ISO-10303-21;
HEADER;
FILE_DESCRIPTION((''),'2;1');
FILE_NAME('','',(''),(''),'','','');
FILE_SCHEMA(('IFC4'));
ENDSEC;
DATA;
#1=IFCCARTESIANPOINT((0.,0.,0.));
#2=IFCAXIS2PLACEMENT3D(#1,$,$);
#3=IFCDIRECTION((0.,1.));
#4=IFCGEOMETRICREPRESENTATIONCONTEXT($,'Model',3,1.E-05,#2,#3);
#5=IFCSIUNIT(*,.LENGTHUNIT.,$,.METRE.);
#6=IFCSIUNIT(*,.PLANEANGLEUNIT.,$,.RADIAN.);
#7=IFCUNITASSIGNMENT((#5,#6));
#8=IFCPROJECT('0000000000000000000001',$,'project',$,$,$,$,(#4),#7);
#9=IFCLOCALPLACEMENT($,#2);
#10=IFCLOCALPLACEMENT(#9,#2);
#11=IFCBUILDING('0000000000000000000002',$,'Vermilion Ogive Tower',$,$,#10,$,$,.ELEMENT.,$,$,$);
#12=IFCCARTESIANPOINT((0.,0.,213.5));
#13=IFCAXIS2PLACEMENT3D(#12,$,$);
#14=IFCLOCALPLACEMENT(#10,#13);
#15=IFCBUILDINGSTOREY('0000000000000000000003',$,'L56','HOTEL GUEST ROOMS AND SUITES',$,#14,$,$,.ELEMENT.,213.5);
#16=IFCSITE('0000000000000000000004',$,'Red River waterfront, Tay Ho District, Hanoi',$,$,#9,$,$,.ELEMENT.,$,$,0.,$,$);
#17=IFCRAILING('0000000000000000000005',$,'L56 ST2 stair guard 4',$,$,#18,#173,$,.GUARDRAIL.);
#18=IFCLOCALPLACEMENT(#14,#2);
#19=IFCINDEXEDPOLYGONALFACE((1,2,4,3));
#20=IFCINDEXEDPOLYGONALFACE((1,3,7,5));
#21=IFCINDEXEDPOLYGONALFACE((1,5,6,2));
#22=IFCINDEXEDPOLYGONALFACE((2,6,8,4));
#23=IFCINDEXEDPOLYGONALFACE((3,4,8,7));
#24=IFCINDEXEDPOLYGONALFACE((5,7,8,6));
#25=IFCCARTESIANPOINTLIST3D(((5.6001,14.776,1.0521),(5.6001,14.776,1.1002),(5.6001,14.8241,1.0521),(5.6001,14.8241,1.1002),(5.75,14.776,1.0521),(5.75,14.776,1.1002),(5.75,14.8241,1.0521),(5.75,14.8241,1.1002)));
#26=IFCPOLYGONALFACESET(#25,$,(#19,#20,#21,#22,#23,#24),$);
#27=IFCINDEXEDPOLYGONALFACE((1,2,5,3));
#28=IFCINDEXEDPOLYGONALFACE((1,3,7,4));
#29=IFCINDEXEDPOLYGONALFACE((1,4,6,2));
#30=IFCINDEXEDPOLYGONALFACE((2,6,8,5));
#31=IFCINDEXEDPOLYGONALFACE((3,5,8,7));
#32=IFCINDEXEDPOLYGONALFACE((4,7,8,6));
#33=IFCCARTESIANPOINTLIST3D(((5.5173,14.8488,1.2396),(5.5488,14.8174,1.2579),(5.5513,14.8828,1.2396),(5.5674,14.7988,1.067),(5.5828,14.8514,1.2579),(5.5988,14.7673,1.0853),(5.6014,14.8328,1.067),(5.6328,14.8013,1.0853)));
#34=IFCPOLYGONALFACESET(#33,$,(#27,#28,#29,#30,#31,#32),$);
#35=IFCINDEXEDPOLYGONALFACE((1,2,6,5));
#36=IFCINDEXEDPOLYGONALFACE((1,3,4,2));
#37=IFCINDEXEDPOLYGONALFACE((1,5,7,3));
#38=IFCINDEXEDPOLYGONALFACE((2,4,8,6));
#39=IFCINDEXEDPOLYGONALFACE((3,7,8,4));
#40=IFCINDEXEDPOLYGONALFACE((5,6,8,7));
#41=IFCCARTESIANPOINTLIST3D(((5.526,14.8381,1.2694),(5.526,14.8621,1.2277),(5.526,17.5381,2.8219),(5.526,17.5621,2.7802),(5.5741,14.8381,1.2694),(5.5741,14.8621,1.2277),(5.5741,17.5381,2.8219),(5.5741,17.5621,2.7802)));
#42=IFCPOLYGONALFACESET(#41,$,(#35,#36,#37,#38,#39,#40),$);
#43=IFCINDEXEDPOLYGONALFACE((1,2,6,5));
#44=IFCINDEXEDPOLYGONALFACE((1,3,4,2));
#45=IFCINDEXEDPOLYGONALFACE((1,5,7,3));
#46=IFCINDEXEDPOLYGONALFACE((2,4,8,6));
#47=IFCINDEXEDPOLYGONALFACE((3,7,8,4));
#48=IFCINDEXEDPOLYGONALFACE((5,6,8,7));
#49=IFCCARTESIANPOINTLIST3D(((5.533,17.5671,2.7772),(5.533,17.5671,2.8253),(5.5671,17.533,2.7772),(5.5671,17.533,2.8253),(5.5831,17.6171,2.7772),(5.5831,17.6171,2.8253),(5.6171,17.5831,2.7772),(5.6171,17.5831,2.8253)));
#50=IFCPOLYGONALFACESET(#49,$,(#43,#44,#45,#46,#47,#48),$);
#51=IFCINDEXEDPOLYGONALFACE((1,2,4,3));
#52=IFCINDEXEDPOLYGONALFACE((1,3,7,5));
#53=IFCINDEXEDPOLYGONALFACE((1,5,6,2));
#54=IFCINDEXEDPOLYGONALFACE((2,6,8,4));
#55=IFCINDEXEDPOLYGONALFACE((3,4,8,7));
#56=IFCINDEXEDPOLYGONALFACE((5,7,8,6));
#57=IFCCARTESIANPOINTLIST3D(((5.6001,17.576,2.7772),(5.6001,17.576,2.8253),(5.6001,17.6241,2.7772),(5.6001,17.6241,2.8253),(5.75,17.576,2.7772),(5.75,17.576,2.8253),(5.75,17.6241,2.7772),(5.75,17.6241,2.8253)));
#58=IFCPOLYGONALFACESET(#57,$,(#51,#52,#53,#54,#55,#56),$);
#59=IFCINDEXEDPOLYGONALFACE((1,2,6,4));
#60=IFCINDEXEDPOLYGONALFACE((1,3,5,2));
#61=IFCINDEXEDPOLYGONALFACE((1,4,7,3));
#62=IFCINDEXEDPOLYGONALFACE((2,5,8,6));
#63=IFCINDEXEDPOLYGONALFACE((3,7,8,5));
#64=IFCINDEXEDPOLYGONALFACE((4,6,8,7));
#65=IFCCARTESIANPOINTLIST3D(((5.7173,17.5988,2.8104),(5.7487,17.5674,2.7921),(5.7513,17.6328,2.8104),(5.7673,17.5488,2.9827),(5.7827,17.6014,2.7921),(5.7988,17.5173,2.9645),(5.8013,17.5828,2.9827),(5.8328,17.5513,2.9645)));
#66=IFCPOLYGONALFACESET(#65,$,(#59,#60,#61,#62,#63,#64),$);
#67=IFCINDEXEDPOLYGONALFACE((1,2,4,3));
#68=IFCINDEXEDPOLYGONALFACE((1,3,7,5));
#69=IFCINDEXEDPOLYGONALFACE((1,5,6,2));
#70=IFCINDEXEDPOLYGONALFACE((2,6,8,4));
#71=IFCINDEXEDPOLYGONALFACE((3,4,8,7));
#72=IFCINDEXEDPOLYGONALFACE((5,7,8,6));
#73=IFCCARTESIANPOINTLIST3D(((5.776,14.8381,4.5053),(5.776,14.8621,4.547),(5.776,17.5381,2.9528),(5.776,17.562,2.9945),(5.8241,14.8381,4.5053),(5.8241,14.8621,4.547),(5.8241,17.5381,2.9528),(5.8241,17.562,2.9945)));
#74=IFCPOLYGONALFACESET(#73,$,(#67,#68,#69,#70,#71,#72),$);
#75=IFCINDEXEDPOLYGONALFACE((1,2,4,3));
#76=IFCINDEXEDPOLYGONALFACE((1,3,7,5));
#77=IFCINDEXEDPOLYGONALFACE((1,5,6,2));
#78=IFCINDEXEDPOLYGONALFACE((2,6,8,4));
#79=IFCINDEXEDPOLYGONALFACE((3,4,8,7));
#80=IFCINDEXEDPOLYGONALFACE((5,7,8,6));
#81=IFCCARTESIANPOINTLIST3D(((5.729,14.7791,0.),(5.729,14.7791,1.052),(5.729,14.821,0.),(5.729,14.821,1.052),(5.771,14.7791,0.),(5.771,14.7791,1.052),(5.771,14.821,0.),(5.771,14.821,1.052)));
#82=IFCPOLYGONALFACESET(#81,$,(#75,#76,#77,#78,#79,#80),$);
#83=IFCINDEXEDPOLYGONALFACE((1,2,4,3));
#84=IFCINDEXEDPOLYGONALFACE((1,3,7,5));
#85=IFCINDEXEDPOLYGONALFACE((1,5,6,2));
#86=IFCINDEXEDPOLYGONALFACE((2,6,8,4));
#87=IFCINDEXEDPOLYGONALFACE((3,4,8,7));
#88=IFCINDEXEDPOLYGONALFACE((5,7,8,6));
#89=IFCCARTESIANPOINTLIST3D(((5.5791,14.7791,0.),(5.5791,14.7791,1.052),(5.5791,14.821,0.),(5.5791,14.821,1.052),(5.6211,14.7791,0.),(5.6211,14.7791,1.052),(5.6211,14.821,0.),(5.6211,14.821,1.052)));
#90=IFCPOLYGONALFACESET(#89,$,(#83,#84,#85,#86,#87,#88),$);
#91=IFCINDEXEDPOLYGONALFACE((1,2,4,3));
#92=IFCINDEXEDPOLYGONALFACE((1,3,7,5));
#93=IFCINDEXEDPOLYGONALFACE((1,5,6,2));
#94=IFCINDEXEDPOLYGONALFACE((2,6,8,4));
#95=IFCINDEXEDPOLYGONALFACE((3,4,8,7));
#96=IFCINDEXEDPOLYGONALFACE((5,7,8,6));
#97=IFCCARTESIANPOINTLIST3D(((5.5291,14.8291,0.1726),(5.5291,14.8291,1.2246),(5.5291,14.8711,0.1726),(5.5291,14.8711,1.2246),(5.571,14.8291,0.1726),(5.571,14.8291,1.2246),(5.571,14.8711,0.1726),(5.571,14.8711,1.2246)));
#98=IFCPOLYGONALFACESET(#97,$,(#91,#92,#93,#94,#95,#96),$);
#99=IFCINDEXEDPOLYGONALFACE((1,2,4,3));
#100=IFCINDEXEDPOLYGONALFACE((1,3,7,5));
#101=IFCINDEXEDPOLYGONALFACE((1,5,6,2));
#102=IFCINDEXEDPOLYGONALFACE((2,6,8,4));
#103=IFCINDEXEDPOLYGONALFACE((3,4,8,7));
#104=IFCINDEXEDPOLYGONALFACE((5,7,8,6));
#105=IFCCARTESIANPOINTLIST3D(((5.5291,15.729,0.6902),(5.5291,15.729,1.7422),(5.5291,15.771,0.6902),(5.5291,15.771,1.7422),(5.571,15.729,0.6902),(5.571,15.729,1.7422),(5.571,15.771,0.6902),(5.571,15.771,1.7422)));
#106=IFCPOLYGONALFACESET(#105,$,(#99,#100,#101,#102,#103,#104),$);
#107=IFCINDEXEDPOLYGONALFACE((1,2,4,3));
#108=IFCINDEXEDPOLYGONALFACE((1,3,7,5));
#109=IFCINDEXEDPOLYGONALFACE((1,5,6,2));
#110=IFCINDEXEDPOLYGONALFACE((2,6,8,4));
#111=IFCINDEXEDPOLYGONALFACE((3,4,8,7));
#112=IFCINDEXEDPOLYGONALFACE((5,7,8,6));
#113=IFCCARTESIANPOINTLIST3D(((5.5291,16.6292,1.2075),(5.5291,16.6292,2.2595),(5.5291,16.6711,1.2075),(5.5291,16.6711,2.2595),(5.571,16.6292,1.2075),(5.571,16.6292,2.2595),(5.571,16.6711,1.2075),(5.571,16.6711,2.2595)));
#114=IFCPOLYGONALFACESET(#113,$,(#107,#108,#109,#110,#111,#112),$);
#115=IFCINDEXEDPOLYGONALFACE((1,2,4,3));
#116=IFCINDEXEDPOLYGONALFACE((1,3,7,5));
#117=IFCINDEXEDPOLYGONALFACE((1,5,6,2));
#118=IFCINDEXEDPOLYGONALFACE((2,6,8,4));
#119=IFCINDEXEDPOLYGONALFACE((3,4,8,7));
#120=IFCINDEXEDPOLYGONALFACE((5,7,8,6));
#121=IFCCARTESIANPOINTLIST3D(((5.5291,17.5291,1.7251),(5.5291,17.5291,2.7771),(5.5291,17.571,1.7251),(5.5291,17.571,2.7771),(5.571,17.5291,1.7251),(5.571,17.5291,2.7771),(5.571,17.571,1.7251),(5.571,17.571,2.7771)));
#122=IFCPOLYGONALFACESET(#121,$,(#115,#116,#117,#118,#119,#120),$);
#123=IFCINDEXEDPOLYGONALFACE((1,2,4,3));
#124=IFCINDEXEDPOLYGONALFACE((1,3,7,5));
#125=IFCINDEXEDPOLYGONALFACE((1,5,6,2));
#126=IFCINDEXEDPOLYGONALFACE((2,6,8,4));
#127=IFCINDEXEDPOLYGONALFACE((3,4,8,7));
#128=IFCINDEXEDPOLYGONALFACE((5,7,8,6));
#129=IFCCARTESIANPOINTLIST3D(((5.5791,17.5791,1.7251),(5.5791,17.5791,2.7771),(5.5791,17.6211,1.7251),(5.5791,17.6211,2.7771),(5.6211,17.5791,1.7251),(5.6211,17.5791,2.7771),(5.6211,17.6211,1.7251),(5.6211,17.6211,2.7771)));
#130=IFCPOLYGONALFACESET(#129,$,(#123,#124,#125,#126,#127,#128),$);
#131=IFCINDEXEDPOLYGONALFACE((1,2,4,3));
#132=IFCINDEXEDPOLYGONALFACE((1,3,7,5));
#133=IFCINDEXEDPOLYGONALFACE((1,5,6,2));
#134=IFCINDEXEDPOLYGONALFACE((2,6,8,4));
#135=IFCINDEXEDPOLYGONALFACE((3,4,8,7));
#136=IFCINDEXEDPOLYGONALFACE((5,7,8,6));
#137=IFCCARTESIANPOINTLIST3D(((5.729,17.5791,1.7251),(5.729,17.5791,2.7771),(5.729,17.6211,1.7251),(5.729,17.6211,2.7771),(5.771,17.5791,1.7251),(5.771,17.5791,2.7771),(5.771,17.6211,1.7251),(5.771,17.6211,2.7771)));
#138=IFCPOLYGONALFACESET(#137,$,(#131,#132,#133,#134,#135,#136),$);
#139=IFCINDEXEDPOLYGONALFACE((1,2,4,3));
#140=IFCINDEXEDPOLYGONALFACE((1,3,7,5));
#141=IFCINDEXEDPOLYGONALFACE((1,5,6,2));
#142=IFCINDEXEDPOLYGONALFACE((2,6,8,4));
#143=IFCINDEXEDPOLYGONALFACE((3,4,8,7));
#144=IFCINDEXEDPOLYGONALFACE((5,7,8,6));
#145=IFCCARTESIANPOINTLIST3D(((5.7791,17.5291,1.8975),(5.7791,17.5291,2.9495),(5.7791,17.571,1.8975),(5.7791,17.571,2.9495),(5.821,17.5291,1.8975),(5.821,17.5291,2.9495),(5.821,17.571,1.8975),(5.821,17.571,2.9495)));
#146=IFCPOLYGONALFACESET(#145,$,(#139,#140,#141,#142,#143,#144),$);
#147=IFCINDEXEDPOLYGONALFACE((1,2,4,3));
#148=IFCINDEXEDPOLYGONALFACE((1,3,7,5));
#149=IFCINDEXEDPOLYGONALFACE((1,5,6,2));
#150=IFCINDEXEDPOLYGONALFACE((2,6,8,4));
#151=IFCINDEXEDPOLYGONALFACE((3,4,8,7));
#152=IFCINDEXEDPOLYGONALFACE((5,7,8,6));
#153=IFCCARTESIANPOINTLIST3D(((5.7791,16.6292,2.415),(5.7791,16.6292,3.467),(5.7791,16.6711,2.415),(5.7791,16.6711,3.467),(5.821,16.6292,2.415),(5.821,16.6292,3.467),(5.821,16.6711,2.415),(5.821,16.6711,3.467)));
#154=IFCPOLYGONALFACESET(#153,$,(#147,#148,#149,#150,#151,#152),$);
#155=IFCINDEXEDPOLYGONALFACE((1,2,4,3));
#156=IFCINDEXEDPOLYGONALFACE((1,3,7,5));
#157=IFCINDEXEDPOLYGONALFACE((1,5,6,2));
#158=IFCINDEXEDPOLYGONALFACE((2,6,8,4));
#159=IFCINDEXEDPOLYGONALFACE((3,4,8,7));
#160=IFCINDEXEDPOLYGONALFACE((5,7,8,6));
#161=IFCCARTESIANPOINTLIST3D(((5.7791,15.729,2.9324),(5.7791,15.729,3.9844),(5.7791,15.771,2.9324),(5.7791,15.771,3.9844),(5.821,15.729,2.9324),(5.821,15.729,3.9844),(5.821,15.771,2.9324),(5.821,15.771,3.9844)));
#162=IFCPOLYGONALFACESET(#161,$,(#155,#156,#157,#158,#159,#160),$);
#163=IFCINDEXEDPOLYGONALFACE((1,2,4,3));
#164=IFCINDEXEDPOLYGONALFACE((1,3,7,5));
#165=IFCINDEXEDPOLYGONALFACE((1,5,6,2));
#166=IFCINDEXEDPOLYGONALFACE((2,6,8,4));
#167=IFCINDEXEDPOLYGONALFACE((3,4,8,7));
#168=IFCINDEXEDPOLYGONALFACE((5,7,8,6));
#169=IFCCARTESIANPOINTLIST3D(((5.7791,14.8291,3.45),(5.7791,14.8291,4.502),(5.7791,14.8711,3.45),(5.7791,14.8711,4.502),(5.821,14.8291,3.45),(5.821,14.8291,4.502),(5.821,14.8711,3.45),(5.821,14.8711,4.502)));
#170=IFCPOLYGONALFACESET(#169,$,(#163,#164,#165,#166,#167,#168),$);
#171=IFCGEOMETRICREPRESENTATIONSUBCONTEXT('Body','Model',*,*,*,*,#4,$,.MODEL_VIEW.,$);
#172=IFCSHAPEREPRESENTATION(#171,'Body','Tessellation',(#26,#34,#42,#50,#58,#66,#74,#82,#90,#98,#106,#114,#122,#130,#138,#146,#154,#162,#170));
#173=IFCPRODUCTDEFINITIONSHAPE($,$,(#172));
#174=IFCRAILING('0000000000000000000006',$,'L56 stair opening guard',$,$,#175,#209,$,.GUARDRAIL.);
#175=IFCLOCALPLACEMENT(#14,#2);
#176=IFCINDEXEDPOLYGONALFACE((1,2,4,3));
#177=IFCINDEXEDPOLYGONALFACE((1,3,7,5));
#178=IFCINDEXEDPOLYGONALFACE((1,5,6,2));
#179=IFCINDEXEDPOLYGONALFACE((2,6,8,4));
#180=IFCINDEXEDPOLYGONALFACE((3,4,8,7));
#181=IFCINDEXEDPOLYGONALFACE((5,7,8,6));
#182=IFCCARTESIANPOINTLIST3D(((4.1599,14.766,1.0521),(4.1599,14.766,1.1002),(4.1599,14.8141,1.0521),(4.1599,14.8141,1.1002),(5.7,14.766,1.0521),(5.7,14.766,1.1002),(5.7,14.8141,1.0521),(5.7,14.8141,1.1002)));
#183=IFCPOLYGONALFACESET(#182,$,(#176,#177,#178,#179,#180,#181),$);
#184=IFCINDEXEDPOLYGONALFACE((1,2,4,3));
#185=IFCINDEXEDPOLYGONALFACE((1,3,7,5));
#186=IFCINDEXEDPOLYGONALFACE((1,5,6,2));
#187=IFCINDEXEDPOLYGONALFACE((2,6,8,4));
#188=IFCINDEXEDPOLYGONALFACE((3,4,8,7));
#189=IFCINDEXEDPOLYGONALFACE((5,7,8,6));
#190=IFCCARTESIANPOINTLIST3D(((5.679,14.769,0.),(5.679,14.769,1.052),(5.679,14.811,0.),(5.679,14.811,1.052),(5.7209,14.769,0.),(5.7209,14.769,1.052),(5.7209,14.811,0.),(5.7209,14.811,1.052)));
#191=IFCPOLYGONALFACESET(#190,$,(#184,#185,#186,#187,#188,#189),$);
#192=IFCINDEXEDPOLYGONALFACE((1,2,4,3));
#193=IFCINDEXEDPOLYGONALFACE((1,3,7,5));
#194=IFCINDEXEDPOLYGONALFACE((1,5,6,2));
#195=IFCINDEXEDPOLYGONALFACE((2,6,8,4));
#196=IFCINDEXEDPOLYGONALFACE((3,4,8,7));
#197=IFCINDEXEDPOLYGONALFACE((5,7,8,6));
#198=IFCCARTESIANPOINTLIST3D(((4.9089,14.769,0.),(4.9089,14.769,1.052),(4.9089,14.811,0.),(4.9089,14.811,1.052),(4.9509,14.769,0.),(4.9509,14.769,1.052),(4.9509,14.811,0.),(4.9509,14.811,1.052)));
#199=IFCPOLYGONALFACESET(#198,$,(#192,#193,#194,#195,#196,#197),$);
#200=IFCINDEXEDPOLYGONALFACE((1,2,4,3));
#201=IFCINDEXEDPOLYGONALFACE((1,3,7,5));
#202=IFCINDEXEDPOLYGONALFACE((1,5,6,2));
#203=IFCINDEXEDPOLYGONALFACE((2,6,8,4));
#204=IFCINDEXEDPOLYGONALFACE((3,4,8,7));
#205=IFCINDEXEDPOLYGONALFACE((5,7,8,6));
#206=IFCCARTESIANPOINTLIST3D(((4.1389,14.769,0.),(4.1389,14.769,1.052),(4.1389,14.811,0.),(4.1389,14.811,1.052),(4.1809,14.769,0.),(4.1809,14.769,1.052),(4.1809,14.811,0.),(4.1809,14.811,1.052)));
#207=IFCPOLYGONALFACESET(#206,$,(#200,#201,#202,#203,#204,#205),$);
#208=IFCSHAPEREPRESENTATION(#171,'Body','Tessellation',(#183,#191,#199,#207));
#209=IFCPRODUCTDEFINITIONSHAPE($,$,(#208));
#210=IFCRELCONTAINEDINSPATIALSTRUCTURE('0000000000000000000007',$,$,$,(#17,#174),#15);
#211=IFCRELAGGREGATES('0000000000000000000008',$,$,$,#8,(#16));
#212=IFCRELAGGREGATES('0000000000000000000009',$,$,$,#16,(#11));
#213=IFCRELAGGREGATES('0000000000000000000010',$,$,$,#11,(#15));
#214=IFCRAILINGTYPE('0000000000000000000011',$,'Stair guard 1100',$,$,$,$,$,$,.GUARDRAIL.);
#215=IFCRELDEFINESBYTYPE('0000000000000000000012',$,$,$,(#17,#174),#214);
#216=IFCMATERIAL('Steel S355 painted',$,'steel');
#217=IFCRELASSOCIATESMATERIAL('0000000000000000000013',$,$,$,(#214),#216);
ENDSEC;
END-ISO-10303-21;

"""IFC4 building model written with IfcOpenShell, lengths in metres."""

from ifc_helpers import new_model, si_unit, direction, frame, origin, origin_2d, place, context, subcontext, project, spatial, rectangle, extrude, material, type_object, element, save


model = new_model("IFC4")

# Units and contexts
model_context = context("Model", 3, precision=1e-05, world=origin(), true_north=direction((0.0, 1.0)))
body_context = subcontext(model_context, "Body", "Model", "MODEL_VIEW")
ifc_project = project(units=[si_unit("LENGTHUNIT", "METRE"), si_unit("PLANEANGLEUNIT", "RADIAN")], contexts=[model_context])

# Site, building, storey
site_placement = place(None, origin())
site = spatial("IfcSite", under=ifc_project, at=site_placement, Name="Red River waterfront, Tay Ho District, Hanoi", CompositionType="ELEMENT", RefElevation=0.0)
building_placement = place(site_placement, origin())
building = spatial("IfcBuilding", under=site, at=building_placement, Name="Vermilion Ogive Tower", CompositionType="ELEMENT")
storey_placement = place(building_placement, frame((0.0, 0.0, 213.5)))
storey = spatial("IfcBuildingStorey", under=building, at=storey_placement, Name="L56", Description="HOTEL GUEST ROOMS AND SUITES", CompositionType="ELEMENT", Elevation=213.5)

# Railings
ifc_material_1 = material(Name="Steel S355 painted", Category="steel")
railing_type_1 = type_object("IfcRailingType", Name="Stair guard 1100", PredefinedType="GUARDRAIL", material=ifc_material_1)
railing_1_placement = place(storey_placement, frame((5.75, 14.8, 0.0)))
element("IfcRailing", 1, at=railing_1_placement, inside=storey, type_object=railing_type_1, Name="L56 ST2 stair guard 4", PredefinedType="GUARDRAIL", context=body_context, shape_type="SweptSolid", body=[
    extrude(rectangle(XDim=0.0481, YDim=0.0481, at=origin_2d()), frame((0.0, 0.0, 1.0762), z_axis=(-1.0, 0.0, 0.0), x_axis=(0.0, -1.0, 0.0)), (0.0, 0.0, 1.0), 0.1499),
    extrude(rectangle(XDim=0.0481, YDim=0.0481, at=origin_2d()), frame((-0.1499, 0.0, 1.0762), z_axis=(-0.268278, 0.268278, 0.925232), x_axis=(-0.707107, -0.707107, 0.0)), (0.0, 0.0, 1.0), 0.1865),
    extrude(rectangle(XDim=0.0481, YDim=0.0481, at=origin_2d()), frame((-0.2, 0.05, 1.2485), z_axis=(0.0, 0.866904, 0.498476), x_axis=(-1.0, 0.0, 0.0)), (0.0, 0.0, 1.0), 3.1145),
    extrude(rectangle(XDim=0.0481, YDim=0.0481, at=origin_2d()), frame((-0.2, 2.75, 2.8013), z_axis=(0.707107, 0.707107, 0.0), x_axis=(-0.707107, 0.707107, 0.0)), (0.0, 0.0, 1.0), 0.0708),
    extrude(rectangle(XDim=0.0481, YDim=0.0481, at=origin_2d()), frame((-0.1499, 2.8, 2.8013), z_axis=(1.0, 0.0, 0.0), x_axis=(0.0, 1.0, 0.0)), (0.0, 0.0, 1.0), 0.1499),
    extrude(rectangle(XDim=0.0481, YDim=0.0481, at=origin_2d()), frame((0.0, 2.8, 2.8013), z_axis=(0.268603, -0.268603, 0.925043), x_axis=(0.707107, 0.707107, 0.0)), (0.0, 0.0, 1.0), 0.1863),
    extrude(rectangle(XDim=0.0481, YDim=0.0481, at=origin_2d()), frame((0.05, 2.75, 2.9736), z_axis=(0.0, -0.866904, 0.498476), x_axis=(1.0, 0.0, 0.0)), (0.0, 0.0, 1.0), 3.1145),
    extrude(rectangle(XDim=0.042, YDim=0.042, at=origin_2d()), origin(), (0.0, 0.0, 1.0), 1.052),
    extrude(rectangle(XDim=0.042, YDim=0.042, at=origin_2d()), frame((-0.1499, 0.0, 0.0)), (0.0, 0.0, 1.0), 1.052),
    extrude(rectangle(XDim=0.042, YDim=0.042, at=origin_2d()), frame((-0.2, 0.05, 0.1726)), (0.0, 0.0, 1.0), 1.052),
    extrude(rectangle(XDim=0.042, YDim=0.042, at=origin_2d()), frame((-0.2, 0.95, 0.6902)), (0.0, 0.0, 1.0), 1.052),
    extrude(rectangle(XDim=0.042, YDim=0.042, at=origin_2d()), frame((-0.2, 1.8501, 1.2075)), (0.0, 0.0, 1.0), 1.052),
    extrude(rectangle(XDim=0.042, YDim=0.042, at=origin_2d()), frame((-0.2, 2.75, 1.7251)), (0.0, 0.0, 1.0), 1.052),
    extrude(rectangle(XDim=0.042, YDim=0.042, at=origin_2d()), frame((-0.1499, 2.8, 1.7251)), (0.0, 0.0, 1.0), 1.052),
    extrude(rectangle(XDim=0.042, YDim=0.042, at=origin_2d()), frame((0.0, 2.8, 1.7251)), (0.0, 0.0, 1.0), 1.052),
    extrude(rectangle(XDim=0.042, YDim=0.042, at=origin_2d()), frame((0.05, 2.75, 1.8975)), (0.0, 0.0, 1.0), 1.052),
    extrude(rectangle(XDim=0.042, YDim=0.042, at=origin_2d()), frame((0.05, 1.8501, 2.415)), (0.0, 0.0, 1.0), 1.052),
    extrude(rectangle(XDim=0.042, YDim=0.042, at=origin_2d()), frame((0.05, 0.95, 2.9324)), (0.0, 0.0, 1.0), 1.052),
    extrude(rectangle(XDim=0.042, YDim=0.042, at=origin_2d()), frame((0.05, 0.05, 3.45)), (0.0, 0.0, 1.0), 1.052),
])
railing_2_placement = place(storey_placement, frame((5.7, 14.79, 0.0)))
element("IfcRailing", 2, at=railing_2_placement, inside=storey, type_object=railing_type_1, Name="L56 stair opening guard", PredefinedType="GUARDRAIL", context=body_context, shape_type="SweptSolid", body=[
    extrude(rectangle(XDim=0.0481, YDim=0.0481, at=origin_2d()), frame((0.0, 0.0, 1.0762), z_axis=(-1.0, 0.0, 0.0), x_axis=(0.0, -1.0, 0.0)), (0.0, 0.0, 1.0), 1.54),
    extrude(rectangle(XDim=0.042, YDim=0.042, at=origin_2d()), origin(), (0.0, 0.0, 1.0), 1.052),
    extrude(rectangle(XDim=0.042, YDim=0.042, at=origin_2d()), frame((-0.77, 0.0, 0.0)), (0.0, 0.0, 1.0), 1.052),
    extrude(rectangle(XDim=0.042, YDim=0.042, at=origin_2d()), frame((-1.54, 0.0, 0.0)), (0.0, 0.0, 1.0), 1.052),
])

save(model, "model.ifc")
